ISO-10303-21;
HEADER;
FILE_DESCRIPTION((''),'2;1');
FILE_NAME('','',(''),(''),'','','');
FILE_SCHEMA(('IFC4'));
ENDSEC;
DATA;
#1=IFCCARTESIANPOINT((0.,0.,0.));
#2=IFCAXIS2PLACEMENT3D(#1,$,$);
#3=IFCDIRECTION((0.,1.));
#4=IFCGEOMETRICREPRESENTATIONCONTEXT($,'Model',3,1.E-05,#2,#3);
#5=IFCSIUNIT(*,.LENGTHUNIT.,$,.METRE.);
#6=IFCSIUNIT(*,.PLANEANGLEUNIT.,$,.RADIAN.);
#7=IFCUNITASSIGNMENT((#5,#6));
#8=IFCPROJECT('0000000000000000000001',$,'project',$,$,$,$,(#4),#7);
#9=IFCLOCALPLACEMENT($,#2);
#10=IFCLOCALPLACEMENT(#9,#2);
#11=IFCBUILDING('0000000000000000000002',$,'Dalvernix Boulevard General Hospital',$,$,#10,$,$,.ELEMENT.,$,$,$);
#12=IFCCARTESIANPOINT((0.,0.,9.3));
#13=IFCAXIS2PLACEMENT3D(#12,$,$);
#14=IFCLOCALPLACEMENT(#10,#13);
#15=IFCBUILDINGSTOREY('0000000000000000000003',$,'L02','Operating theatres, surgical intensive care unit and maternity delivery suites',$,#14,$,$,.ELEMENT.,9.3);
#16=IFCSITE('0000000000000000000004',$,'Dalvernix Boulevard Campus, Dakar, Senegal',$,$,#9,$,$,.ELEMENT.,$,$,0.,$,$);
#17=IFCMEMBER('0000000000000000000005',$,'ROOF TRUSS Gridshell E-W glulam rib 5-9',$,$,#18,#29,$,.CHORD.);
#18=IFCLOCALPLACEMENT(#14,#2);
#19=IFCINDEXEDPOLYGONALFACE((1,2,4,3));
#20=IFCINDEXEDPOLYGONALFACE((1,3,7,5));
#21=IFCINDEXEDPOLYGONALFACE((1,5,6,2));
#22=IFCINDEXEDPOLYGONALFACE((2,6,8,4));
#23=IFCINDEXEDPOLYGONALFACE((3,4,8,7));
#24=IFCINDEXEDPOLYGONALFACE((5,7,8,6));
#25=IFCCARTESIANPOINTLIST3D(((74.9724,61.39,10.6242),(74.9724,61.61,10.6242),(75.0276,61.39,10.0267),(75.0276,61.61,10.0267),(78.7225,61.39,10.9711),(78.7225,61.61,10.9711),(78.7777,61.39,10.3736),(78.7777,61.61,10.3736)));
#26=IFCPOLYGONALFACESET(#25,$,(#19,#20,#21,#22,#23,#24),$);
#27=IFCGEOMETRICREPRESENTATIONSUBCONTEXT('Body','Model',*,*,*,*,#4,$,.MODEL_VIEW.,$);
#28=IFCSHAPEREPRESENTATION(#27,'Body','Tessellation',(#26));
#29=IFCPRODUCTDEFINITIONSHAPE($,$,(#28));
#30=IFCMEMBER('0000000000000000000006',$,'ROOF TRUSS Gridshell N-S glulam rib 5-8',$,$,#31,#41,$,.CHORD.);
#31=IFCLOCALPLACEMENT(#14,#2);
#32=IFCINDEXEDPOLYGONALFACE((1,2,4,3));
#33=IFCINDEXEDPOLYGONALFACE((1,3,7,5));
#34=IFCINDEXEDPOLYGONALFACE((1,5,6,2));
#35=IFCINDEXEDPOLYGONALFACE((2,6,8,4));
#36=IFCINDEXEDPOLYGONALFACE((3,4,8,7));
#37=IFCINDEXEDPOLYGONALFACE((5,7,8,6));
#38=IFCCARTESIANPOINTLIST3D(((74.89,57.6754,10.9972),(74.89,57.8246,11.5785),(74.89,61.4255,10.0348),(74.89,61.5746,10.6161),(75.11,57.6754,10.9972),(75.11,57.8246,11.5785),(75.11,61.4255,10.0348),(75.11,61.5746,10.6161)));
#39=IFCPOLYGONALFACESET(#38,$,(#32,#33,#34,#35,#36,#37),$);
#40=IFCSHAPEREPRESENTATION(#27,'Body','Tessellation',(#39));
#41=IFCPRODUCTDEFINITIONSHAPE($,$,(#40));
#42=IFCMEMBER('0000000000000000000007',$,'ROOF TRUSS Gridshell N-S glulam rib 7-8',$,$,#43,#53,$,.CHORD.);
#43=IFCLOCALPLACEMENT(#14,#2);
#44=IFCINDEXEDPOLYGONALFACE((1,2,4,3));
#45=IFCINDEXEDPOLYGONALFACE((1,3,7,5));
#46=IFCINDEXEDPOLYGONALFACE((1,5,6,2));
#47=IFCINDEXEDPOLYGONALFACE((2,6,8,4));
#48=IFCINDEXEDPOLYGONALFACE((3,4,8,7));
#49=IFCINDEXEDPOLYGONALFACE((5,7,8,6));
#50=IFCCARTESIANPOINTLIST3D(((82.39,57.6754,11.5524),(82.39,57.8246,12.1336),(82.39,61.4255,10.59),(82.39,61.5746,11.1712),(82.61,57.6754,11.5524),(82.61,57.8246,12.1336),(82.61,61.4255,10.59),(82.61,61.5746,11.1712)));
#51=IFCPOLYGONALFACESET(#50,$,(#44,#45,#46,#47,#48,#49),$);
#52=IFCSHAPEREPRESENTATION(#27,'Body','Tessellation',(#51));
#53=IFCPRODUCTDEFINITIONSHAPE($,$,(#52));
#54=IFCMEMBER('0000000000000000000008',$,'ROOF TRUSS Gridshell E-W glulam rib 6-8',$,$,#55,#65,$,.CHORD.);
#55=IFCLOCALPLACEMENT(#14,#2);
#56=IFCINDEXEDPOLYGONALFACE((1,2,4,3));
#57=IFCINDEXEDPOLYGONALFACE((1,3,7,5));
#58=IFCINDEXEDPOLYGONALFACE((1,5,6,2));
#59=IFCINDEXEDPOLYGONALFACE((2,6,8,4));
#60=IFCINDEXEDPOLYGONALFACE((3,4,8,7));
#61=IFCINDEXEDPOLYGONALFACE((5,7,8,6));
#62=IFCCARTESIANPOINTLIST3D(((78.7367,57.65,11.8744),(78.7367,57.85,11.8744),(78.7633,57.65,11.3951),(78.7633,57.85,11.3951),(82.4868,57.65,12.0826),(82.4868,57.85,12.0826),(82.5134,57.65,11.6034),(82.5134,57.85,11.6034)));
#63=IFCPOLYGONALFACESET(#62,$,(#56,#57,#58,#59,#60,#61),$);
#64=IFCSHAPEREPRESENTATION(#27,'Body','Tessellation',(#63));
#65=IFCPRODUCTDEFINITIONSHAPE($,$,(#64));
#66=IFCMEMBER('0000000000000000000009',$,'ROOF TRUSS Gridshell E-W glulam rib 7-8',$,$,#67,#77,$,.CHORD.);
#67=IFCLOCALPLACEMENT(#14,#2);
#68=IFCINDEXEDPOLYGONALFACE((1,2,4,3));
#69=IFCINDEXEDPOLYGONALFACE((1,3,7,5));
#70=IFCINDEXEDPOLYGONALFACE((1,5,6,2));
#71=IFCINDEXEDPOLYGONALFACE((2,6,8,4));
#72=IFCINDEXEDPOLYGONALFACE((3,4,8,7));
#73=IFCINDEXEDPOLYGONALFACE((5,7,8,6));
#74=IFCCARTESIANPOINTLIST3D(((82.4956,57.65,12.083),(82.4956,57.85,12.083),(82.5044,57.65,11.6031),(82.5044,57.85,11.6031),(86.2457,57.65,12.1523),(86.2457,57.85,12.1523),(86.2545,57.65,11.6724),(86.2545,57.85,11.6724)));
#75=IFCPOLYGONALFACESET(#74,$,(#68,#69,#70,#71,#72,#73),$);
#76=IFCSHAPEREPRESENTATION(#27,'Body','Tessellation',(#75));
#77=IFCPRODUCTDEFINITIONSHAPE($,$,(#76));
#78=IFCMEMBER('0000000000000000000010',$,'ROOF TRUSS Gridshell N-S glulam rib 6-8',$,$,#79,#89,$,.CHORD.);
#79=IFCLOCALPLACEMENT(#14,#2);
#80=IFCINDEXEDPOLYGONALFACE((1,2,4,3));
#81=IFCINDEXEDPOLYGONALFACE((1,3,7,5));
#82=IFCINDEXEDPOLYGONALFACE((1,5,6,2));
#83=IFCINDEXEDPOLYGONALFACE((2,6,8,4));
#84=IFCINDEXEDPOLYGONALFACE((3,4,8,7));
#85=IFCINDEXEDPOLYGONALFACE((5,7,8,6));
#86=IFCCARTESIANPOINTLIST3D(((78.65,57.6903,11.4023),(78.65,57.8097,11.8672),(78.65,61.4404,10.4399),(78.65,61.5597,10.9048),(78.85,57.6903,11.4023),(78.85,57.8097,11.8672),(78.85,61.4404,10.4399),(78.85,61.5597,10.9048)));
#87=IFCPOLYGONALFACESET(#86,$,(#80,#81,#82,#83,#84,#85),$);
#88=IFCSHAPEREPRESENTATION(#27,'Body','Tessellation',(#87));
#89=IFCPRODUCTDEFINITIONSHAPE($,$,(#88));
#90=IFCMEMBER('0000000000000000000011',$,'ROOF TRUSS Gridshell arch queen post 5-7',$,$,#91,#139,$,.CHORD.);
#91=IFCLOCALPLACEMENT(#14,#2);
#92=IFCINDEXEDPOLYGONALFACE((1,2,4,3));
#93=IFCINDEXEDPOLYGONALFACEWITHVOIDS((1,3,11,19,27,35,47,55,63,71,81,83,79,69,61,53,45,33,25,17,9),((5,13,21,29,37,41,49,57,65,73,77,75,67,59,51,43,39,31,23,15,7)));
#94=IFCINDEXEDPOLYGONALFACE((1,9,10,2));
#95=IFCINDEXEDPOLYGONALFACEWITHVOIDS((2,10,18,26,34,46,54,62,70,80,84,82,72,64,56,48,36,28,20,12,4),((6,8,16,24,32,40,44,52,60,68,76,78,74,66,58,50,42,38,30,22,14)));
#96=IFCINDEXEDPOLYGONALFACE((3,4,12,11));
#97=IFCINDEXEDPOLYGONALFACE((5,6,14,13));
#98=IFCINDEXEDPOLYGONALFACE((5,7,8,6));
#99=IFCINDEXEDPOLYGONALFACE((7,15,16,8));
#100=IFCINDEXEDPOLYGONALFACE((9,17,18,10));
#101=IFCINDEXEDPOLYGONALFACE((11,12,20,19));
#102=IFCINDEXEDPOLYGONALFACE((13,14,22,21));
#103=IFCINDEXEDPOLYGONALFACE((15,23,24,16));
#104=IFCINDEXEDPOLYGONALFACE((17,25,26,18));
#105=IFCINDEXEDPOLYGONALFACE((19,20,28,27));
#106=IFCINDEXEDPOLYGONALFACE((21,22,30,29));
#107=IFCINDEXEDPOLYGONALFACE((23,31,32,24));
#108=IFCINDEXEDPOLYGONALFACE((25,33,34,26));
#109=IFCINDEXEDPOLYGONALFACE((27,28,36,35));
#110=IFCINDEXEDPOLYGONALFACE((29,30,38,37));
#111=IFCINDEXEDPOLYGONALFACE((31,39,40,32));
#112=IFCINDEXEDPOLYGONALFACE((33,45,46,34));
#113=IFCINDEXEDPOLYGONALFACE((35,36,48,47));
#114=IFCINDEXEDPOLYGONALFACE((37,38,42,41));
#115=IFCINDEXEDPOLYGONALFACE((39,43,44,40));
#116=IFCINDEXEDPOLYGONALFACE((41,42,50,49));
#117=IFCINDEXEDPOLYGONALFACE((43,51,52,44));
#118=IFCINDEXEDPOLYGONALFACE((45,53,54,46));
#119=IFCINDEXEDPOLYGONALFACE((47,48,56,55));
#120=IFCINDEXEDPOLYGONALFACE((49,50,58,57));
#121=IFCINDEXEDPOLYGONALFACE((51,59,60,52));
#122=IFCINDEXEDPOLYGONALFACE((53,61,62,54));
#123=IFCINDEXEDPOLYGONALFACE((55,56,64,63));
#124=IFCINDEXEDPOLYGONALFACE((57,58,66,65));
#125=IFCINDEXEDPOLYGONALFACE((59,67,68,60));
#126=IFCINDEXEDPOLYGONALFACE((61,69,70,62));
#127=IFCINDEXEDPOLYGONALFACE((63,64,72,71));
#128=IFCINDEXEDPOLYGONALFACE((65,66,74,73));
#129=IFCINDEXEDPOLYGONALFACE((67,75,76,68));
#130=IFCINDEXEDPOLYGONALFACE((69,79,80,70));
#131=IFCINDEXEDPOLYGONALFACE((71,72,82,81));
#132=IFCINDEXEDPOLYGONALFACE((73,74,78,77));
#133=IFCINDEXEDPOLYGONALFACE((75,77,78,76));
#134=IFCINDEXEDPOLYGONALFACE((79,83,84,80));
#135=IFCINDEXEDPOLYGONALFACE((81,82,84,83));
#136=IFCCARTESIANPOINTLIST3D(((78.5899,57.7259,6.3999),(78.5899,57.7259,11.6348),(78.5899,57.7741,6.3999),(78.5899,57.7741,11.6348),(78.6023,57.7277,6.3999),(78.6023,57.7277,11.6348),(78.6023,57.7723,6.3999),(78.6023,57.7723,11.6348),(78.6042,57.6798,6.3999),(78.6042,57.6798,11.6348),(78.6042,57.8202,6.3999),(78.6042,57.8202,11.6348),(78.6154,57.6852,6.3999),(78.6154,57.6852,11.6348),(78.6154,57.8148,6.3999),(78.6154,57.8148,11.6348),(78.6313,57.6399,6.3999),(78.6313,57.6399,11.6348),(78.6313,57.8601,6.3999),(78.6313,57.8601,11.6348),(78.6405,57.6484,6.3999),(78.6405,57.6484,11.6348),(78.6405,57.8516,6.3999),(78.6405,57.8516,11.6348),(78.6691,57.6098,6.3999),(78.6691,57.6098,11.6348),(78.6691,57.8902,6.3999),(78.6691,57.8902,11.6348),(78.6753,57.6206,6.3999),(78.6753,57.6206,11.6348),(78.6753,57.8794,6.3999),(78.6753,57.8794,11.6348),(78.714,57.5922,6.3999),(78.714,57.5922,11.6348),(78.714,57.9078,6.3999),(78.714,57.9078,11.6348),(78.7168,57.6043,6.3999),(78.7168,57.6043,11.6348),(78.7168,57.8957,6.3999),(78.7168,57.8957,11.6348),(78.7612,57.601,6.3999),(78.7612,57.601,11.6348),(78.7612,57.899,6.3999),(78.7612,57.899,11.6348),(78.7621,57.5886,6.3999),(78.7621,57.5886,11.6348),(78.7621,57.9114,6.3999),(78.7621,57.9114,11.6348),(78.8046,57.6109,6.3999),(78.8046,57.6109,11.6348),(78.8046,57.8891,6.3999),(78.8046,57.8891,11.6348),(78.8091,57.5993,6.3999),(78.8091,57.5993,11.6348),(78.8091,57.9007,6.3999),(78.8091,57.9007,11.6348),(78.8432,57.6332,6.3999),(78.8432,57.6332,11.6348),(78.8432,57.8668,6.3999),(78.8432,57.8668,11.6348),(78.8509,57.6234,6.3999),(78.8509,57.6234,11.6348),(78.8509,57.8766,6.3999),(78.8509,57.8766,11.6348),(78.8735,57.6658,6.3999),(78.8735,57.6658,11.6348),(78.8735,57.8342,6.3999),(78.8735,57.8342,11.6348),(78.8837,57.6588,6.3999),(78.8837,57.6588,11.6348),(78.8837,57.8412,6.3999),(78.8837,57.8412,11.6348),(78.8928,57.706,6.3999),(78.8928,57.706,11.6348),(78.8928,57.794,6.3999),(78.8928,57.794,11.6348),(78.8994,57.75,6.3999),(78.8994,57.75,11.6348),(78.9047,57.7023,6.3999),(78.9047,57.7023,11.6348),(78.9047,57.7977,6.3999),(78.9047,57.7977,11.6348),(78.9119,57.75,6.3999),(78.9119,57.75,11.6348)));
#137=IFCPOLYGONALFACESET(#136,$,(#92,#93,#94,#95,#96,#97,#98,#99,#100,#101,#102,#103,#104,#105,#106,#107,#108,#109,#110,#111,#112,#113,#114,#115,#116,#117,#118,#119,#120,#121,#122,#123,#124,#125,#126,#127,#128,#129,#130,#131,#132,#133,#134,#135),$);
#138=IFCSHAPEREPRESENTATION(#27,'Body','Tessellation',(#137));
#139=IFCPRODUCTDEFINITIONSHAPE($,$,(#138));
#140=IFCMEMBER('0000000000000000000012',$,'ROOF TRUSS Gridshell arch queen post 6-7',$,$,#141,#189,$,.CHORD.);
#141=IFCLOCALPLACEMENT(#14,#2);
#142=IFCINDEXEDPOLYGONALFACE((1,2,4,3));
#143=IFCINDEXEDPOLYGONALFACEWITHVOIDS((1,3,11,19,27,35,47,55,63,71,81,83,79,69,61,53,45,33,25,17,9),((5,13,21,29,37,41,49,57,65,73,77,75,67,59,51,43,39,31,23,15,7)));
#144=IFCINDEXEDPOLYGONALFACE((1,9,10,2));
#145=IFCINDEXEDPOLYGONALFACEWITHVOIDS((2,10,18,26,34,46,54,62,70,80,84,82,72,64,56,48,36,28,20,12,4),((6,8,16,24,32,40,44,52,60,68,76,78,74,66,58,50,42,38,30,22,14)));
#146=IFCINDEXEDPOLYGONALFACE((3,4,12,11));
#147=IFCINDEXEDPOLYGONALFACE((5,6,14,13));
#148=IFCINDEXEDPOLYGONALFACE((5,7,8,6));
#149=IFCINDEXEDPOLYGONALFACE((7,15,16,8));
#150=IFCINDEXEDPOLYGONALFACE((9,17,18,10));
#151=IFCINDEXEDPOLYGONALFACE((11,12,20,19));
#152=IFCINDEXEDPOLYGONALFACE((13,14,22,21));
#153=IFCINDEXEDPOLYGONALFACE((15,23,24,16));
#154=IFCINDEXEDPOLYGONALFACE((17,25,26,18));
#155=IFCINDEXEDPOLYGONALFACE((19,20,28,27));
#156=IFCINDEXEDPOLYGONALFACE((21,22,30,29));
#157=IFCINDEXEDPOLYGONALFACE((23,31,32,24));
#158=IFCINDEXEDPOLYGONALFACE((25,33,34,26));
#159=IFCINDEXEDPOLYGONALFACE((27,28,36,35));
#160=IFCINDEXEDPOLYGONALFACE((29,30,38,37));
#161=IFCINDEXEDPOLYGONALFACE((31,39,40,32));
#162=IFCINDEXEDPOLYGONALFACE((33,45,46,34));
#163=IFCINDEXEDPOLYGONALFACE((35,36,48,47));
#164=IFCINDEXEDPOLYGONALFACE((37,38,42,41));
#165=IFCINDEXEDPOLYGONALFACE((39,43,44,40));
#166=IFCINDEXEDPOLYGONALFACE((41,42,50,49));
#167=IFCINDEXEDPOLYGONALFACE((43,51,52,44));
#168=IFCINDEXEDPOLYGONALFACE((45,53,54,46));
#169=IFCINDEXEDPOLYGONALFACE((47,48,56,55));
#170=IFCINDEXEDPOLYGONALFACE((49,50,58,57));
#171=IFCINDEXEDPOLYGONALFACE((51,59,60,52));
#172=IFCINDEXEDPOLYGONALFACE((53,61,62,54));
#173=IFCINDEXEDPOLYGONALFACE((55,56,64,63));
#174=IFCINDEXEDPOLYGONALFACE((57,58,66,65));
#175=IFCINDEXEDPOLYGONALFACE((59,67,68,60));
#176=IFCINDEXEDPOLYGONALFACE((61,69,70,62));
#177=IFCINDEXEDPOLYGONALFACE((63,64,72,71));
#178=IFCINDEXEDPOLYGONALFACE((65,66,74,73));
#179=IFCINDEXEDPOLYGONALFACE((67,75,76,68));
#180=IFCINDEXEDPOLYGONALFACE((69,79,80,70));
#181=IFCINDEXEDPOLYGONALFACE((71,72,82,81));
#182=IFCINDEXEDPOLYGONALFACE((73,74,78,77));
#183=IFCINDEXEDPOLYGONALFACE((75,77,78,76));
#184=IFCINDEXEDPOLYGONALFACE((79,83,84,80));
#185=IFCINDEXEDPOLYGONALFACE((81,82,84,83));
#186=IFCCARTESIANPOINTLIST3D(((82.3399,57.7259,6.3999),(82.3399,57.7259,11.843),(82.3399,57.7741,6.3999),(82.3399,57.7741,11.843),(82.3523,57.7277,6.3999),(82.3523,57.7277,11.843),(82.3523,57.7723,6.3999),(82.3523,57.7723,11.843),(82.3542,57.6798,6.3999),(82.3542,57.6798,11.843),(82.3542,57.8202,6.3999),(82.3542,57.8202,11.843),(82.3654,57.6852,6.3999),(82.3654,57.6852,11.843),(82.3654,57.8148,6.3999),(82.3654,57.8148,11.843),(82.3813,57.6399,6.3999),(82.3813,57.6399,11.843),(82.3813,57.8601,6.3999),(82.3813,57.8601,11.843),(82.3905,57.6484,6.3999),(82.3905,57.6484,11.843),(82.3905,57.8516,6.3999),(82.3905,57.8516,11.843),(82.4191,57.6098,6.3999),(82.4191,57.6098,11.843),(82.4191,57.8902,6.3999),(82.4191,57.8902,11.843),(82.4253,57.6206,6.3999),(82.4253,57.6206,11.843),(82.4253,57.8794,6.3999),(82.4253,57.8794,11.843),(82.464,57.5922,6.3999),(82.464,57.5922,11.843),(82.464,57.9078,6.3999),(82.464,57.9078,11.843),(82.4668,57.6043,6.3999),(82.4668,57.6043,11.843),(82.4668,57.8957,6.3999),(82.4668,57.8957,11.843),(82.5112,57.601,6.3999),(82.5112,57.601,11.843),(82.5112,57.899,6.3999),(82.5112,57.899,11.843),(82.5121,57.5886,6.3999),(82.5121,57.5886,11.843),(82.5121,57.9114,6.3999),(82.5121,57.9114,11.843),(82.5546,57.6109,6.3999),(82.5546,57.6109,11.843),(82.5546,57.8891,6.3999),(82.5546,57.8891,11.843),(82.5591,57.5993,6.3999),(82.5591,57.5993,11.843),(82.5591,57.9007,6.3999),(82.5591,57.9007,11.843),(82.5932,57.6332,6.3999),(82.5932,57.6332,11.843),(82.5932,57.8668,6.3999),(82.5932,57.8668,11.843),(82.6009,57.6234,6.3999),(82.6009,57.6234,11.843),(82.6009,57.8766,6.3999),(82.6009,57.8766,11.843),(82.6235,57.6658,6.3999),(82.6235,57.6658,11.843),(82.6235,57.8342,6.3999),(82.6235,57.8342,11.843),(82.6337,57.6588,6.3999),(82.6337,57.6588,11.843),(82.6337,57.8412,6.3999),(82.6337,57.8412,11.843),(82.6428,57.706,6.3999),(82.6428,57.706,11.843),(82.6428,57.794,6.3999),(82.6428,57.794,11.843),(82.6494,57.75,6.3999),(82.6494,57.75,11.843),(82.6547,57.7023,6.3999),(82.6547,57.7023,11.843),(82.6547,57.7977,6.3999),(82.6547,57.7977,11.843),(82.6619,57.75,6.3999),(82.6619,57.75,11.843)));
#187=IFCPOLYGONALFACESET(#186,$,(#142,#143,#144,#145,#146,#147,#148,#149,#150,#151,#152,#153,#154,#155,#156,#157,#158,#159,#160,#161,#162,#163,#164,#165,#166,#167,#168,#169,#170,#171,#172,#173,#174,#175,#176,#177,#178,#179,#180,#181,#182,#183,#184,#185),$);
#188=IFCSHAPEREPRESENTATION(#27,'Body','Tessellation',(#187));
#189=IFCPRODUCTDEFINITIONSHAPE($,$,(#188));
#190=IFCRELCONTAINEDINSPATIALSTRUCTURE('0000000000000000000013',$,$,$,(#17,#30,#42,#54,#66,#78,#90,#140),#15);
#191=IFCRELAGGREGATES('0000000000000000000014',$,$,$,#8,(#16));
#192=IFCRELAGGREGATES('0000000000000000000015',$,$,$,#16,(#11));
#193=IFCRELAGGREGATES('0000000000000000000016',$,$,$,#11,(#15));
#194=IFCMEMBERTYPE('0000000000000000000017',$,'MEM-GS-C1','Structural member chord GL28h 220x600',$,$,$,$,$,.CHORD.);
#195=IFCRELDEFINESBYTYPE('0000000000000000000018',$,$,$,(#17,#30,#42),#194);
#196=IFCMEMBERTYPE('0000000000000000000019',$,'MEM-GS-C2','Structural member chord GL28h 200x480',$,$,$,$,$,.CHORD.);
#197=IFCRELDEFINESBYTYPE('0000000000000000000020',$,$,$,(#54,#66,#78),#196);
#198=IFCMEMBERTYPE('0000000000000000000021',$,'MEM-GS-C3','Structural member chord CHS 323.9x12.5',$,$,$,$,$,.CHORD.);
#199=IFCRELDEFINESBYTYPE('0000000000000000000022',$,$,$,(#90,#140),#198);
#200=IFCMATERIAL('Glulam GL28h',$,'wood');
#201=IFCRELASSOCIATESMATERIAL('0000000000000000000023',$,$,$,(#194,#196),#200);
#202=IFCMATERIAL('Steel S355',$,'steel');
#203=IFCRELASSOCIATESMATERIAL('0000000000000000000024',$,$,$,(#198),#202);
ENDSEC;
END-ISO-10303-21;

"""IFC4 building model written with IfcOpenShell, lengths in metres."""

from ifc_helpers import new_model, si_unit, direction, frame, origin, origin_2d, place, context, subcontext, project, spatial, rectangle, hollow_circle, extrude, material, material_profile, profile_set, type_object, element, save


model = new_model("IFC4")

# Units and contexts
model_context = context("Model", 3, precision=1e-05, world=origin(), true_north=direction((0.0, 1.0)))
body_context = subcontext(model_context, "Body", "Model", "MODEL_VIEW")
ifc_project = project(units=[si_unit("LENGTHUNIT", "METRE"), si_unit("PLANEANGLEUNIT", "RADIAN")], contexts=[model_context])

# Site, building, storey
site_placement = place(None, origin())
site = spatial("IfcSite", under=ifc_project, at=site_placement, Name="Dalvernix Boulevard Campus, Dakar, Senegal", CompositionType="ELEMENT", RefElevation=0.0)
building_placement = place(site_placement, origin())
building = spatial("IfcBuilding", under=site, at=building_placement, Name="Dalvernix Boulevard General Hospital", CompositionType="ELEMENT")
storey_placement = place(building_placement, frame((0.0, 0.0, 9.3)))
storey = spatial("IfcBuildingStorey", under=building, at=storey_placement, Name="L02", Description="Operating theatres, surgical intensive care unit and maternity delivery suites", CompositionType="ELEMENT", Elevation=9.3)

# Shared definitions
ifc_material_1 = material(Name="Steel S355", Category="steel")

# Members
ifc_material_2 = material(Name="Glulam GL28h", Category="wood")
ifc_material_profile_1 = material_profile(ifc_material_2, rectangle(XDim=0.22, YDim=0.6001, at=origin_2d()), Name="GL28h 220x600")
ifc_profile_set_1 = profile_set([ifc_material_profile_1], Name="Glulam GL28h")
member_type_1 = type_object("IfcMemberType", Name="MEM-GS-C1", Description="Structural member chord GL28h 220x600", PredefinedType="CHORD", material=ifc_profile_set_1)
member_1_placement = place(storey_placement, frame((75.0, 61.5, 10.3254), z_axis=(0.995748, 0.0, 0.09212), x_axis=(0.0, 1.0, 0.0)))
element("IfcMember", 1, at=member_1_placement, inside=storey, type_object=member_type_1, Name="ROOF TRUSS Gridshell E-W glulam rib 5-9", PredefinedType="CHORD", context=body_context, shape_type="SweptSolid", body=[
    extrude(rectangle(XDim=0.22, YDim=0.6001, at=origin_2d()), origin(), (0.0, 0.0, 1.0), 3.7661),
])
for number, where, z_axis, x_axis, name in (
    (2, (75.0, 57.75, 11.2878), (0.0, 0.96861, -0.248585), (-1.0, 0.0, 0.0), "ROOF TRUSS Gridshell N-S glulam rib 5-8"),
    (3, (82.5, 57.75, 11.843), (0.0, 0.96861, -0.248585), (-1.0, 0.0, 0.0), "ROOF TRUSS Gridshell N-S glulam rib 7-8"),
):
    element("IfcMember", number, at=place(storey_placement, frame(where, z_axis=z_axis, x_axis=x_axis)), inside=storey, type_object=member_type_1, Name=name, PredefinedType="CHORD", context=body_context, shape_type="SweptSolid", body=[
        extrude(rectangle(XDim=0.22, YDim=0.6001, at=origin_2d()), origin(), (0.0, 0.0, 1.0), 3.8716),
    ])
ifc_material_profile_2 = material_profile(ifc_material_2, rectangle(XDim=0.2, YDim=0.48, at=origin_2d()), Name="GL28h 200x480")
ifc_profile_set_2 = profile_set([ifc_material_profile_2], Name="Glulam GL28h")
member_type_2 = type_object("IfcMemberType", Name="MEM-GS-C2", Description="Structural member chord GL28h 200x480", PredefinedType="CHORD", material=ifc_profile_set_2)
member_2_placement = place(storey_placement, frame((78.75, 57.75, 11.6348), z_axis=(0.998462, 0.0, 0.055448), x_axis=(0.0, 1.0, 0.0)))
element("IfcMember", 4, at=member_2_placement, inside=storey, type_object=member_type_2, Name="ROOF TRUSS Gridshell E-W glulam rib 6-8", PredefinedType="CHORD", context=body_context, shape_type="SweptSolid", body=[
    extrude(rectangle(XDim=0.2, YDim=0.48, at=origin_2d()), origin(), (0.0, 0.0, 1.0), 3.7559),
])
member_3_placement = place(storey_placement, frame((82.5, 57.75, 11.843), z_axis=(0.999829, 0.0, 0.018486), x_axis=(0.0, 1.0, 0.0)))
element("IfcMember", 5, at=member_3_placement, inside=storey, type_object=member_type_2, Name="ROOF TRUSS Gridshell E-W glulam rib 7-8", PredefinedType="CHORD", context=body_context, shape_type="SweptSolid", body=[
    extrude(rectangle(XDim=0.2, YDim=0.48, at=origin_2d()), origin(), (0.0, 0.0, 1.0), 3.7507),
])
member_4_placement = place(storey_placement, frame((78.75, 57.75, 11.6348), z_axis=(0.0, 0.96861, -0.248585), x_axis=(-1.0, 0.0, 0.0)))
element("IfcMember", 6, at=member_4_placement, inside=storey, type_object=member_type_2, Name="ROOF TRUSS Gridshell N-S glulam rib 6-8", PredefinedType="CHORD", context=body_context, shape_type="SweptSolid", body=[
    extrude(rectangle(XDim=0.2, YDim=0.48, at=origin_2d()), origin(), (0.0, 0.0, 1.0), 3.8716),
])
ifc_material_profile_3 = material_profile(ifc_material_1, hollow_circle(Radius=0.1619, WallThickness=0.0125, at=origin_2d()), Name="CHS 323.9x12.5")
ifc_profile_set_3 = profile_set([ifc_material_profile_3], Name="Steel S355")
member_type_3 = type_object("IfcMemberType", Name="MEM-GS-C3", Description="Structural member chord CHS 323.9x12.5", PredefinedType="CHORD", material=ifc_profile_set_3)
member_5_placement = place(storey_placement, frame((78.75, 57.75, 6.3999), z_axis=(0.0, 0.0, 1.0), x_axis=(1.0, 0.0, 0.0)))
element("IfcMember", 7, at=member_5_placement, inside=storey, type_object=member_type_3, Name="ROOF TRUSS Gridshell arch queen post 5-7", PredefinedType="CHORD", context=body_context, shape_type="SweptSolid", body=[
    extrude(hollow_circle(Radius=0.1619, WallThickness=0.0125, at=origin_2d()), origin(), (0.0, 0.0, 1.0), 5.2349),
])
member_6_placement = place(storey_placement, frame((82.5, 57.75, 6.3999), z_axis=(0.0, 0.0, 1.0), x_axis=(1.0, 0.0, 0.0)))
element("IfcMember", 8, at=member_6_placement, inside=storey, type_object=member_type_3, Name="ROOF TRUSS Gridshell arch queen post 6-7", PredefinedType="CHORD", context=body_context, shape_type="SweptSolid", body=[
    extrude(hollow_circle(Radius=0.1619, WallThickness=0.0125, at=origin_2d()), origin(), (0.0, 0.0, 1.0), 5.4431),
])

save(model, "model.ifc")
